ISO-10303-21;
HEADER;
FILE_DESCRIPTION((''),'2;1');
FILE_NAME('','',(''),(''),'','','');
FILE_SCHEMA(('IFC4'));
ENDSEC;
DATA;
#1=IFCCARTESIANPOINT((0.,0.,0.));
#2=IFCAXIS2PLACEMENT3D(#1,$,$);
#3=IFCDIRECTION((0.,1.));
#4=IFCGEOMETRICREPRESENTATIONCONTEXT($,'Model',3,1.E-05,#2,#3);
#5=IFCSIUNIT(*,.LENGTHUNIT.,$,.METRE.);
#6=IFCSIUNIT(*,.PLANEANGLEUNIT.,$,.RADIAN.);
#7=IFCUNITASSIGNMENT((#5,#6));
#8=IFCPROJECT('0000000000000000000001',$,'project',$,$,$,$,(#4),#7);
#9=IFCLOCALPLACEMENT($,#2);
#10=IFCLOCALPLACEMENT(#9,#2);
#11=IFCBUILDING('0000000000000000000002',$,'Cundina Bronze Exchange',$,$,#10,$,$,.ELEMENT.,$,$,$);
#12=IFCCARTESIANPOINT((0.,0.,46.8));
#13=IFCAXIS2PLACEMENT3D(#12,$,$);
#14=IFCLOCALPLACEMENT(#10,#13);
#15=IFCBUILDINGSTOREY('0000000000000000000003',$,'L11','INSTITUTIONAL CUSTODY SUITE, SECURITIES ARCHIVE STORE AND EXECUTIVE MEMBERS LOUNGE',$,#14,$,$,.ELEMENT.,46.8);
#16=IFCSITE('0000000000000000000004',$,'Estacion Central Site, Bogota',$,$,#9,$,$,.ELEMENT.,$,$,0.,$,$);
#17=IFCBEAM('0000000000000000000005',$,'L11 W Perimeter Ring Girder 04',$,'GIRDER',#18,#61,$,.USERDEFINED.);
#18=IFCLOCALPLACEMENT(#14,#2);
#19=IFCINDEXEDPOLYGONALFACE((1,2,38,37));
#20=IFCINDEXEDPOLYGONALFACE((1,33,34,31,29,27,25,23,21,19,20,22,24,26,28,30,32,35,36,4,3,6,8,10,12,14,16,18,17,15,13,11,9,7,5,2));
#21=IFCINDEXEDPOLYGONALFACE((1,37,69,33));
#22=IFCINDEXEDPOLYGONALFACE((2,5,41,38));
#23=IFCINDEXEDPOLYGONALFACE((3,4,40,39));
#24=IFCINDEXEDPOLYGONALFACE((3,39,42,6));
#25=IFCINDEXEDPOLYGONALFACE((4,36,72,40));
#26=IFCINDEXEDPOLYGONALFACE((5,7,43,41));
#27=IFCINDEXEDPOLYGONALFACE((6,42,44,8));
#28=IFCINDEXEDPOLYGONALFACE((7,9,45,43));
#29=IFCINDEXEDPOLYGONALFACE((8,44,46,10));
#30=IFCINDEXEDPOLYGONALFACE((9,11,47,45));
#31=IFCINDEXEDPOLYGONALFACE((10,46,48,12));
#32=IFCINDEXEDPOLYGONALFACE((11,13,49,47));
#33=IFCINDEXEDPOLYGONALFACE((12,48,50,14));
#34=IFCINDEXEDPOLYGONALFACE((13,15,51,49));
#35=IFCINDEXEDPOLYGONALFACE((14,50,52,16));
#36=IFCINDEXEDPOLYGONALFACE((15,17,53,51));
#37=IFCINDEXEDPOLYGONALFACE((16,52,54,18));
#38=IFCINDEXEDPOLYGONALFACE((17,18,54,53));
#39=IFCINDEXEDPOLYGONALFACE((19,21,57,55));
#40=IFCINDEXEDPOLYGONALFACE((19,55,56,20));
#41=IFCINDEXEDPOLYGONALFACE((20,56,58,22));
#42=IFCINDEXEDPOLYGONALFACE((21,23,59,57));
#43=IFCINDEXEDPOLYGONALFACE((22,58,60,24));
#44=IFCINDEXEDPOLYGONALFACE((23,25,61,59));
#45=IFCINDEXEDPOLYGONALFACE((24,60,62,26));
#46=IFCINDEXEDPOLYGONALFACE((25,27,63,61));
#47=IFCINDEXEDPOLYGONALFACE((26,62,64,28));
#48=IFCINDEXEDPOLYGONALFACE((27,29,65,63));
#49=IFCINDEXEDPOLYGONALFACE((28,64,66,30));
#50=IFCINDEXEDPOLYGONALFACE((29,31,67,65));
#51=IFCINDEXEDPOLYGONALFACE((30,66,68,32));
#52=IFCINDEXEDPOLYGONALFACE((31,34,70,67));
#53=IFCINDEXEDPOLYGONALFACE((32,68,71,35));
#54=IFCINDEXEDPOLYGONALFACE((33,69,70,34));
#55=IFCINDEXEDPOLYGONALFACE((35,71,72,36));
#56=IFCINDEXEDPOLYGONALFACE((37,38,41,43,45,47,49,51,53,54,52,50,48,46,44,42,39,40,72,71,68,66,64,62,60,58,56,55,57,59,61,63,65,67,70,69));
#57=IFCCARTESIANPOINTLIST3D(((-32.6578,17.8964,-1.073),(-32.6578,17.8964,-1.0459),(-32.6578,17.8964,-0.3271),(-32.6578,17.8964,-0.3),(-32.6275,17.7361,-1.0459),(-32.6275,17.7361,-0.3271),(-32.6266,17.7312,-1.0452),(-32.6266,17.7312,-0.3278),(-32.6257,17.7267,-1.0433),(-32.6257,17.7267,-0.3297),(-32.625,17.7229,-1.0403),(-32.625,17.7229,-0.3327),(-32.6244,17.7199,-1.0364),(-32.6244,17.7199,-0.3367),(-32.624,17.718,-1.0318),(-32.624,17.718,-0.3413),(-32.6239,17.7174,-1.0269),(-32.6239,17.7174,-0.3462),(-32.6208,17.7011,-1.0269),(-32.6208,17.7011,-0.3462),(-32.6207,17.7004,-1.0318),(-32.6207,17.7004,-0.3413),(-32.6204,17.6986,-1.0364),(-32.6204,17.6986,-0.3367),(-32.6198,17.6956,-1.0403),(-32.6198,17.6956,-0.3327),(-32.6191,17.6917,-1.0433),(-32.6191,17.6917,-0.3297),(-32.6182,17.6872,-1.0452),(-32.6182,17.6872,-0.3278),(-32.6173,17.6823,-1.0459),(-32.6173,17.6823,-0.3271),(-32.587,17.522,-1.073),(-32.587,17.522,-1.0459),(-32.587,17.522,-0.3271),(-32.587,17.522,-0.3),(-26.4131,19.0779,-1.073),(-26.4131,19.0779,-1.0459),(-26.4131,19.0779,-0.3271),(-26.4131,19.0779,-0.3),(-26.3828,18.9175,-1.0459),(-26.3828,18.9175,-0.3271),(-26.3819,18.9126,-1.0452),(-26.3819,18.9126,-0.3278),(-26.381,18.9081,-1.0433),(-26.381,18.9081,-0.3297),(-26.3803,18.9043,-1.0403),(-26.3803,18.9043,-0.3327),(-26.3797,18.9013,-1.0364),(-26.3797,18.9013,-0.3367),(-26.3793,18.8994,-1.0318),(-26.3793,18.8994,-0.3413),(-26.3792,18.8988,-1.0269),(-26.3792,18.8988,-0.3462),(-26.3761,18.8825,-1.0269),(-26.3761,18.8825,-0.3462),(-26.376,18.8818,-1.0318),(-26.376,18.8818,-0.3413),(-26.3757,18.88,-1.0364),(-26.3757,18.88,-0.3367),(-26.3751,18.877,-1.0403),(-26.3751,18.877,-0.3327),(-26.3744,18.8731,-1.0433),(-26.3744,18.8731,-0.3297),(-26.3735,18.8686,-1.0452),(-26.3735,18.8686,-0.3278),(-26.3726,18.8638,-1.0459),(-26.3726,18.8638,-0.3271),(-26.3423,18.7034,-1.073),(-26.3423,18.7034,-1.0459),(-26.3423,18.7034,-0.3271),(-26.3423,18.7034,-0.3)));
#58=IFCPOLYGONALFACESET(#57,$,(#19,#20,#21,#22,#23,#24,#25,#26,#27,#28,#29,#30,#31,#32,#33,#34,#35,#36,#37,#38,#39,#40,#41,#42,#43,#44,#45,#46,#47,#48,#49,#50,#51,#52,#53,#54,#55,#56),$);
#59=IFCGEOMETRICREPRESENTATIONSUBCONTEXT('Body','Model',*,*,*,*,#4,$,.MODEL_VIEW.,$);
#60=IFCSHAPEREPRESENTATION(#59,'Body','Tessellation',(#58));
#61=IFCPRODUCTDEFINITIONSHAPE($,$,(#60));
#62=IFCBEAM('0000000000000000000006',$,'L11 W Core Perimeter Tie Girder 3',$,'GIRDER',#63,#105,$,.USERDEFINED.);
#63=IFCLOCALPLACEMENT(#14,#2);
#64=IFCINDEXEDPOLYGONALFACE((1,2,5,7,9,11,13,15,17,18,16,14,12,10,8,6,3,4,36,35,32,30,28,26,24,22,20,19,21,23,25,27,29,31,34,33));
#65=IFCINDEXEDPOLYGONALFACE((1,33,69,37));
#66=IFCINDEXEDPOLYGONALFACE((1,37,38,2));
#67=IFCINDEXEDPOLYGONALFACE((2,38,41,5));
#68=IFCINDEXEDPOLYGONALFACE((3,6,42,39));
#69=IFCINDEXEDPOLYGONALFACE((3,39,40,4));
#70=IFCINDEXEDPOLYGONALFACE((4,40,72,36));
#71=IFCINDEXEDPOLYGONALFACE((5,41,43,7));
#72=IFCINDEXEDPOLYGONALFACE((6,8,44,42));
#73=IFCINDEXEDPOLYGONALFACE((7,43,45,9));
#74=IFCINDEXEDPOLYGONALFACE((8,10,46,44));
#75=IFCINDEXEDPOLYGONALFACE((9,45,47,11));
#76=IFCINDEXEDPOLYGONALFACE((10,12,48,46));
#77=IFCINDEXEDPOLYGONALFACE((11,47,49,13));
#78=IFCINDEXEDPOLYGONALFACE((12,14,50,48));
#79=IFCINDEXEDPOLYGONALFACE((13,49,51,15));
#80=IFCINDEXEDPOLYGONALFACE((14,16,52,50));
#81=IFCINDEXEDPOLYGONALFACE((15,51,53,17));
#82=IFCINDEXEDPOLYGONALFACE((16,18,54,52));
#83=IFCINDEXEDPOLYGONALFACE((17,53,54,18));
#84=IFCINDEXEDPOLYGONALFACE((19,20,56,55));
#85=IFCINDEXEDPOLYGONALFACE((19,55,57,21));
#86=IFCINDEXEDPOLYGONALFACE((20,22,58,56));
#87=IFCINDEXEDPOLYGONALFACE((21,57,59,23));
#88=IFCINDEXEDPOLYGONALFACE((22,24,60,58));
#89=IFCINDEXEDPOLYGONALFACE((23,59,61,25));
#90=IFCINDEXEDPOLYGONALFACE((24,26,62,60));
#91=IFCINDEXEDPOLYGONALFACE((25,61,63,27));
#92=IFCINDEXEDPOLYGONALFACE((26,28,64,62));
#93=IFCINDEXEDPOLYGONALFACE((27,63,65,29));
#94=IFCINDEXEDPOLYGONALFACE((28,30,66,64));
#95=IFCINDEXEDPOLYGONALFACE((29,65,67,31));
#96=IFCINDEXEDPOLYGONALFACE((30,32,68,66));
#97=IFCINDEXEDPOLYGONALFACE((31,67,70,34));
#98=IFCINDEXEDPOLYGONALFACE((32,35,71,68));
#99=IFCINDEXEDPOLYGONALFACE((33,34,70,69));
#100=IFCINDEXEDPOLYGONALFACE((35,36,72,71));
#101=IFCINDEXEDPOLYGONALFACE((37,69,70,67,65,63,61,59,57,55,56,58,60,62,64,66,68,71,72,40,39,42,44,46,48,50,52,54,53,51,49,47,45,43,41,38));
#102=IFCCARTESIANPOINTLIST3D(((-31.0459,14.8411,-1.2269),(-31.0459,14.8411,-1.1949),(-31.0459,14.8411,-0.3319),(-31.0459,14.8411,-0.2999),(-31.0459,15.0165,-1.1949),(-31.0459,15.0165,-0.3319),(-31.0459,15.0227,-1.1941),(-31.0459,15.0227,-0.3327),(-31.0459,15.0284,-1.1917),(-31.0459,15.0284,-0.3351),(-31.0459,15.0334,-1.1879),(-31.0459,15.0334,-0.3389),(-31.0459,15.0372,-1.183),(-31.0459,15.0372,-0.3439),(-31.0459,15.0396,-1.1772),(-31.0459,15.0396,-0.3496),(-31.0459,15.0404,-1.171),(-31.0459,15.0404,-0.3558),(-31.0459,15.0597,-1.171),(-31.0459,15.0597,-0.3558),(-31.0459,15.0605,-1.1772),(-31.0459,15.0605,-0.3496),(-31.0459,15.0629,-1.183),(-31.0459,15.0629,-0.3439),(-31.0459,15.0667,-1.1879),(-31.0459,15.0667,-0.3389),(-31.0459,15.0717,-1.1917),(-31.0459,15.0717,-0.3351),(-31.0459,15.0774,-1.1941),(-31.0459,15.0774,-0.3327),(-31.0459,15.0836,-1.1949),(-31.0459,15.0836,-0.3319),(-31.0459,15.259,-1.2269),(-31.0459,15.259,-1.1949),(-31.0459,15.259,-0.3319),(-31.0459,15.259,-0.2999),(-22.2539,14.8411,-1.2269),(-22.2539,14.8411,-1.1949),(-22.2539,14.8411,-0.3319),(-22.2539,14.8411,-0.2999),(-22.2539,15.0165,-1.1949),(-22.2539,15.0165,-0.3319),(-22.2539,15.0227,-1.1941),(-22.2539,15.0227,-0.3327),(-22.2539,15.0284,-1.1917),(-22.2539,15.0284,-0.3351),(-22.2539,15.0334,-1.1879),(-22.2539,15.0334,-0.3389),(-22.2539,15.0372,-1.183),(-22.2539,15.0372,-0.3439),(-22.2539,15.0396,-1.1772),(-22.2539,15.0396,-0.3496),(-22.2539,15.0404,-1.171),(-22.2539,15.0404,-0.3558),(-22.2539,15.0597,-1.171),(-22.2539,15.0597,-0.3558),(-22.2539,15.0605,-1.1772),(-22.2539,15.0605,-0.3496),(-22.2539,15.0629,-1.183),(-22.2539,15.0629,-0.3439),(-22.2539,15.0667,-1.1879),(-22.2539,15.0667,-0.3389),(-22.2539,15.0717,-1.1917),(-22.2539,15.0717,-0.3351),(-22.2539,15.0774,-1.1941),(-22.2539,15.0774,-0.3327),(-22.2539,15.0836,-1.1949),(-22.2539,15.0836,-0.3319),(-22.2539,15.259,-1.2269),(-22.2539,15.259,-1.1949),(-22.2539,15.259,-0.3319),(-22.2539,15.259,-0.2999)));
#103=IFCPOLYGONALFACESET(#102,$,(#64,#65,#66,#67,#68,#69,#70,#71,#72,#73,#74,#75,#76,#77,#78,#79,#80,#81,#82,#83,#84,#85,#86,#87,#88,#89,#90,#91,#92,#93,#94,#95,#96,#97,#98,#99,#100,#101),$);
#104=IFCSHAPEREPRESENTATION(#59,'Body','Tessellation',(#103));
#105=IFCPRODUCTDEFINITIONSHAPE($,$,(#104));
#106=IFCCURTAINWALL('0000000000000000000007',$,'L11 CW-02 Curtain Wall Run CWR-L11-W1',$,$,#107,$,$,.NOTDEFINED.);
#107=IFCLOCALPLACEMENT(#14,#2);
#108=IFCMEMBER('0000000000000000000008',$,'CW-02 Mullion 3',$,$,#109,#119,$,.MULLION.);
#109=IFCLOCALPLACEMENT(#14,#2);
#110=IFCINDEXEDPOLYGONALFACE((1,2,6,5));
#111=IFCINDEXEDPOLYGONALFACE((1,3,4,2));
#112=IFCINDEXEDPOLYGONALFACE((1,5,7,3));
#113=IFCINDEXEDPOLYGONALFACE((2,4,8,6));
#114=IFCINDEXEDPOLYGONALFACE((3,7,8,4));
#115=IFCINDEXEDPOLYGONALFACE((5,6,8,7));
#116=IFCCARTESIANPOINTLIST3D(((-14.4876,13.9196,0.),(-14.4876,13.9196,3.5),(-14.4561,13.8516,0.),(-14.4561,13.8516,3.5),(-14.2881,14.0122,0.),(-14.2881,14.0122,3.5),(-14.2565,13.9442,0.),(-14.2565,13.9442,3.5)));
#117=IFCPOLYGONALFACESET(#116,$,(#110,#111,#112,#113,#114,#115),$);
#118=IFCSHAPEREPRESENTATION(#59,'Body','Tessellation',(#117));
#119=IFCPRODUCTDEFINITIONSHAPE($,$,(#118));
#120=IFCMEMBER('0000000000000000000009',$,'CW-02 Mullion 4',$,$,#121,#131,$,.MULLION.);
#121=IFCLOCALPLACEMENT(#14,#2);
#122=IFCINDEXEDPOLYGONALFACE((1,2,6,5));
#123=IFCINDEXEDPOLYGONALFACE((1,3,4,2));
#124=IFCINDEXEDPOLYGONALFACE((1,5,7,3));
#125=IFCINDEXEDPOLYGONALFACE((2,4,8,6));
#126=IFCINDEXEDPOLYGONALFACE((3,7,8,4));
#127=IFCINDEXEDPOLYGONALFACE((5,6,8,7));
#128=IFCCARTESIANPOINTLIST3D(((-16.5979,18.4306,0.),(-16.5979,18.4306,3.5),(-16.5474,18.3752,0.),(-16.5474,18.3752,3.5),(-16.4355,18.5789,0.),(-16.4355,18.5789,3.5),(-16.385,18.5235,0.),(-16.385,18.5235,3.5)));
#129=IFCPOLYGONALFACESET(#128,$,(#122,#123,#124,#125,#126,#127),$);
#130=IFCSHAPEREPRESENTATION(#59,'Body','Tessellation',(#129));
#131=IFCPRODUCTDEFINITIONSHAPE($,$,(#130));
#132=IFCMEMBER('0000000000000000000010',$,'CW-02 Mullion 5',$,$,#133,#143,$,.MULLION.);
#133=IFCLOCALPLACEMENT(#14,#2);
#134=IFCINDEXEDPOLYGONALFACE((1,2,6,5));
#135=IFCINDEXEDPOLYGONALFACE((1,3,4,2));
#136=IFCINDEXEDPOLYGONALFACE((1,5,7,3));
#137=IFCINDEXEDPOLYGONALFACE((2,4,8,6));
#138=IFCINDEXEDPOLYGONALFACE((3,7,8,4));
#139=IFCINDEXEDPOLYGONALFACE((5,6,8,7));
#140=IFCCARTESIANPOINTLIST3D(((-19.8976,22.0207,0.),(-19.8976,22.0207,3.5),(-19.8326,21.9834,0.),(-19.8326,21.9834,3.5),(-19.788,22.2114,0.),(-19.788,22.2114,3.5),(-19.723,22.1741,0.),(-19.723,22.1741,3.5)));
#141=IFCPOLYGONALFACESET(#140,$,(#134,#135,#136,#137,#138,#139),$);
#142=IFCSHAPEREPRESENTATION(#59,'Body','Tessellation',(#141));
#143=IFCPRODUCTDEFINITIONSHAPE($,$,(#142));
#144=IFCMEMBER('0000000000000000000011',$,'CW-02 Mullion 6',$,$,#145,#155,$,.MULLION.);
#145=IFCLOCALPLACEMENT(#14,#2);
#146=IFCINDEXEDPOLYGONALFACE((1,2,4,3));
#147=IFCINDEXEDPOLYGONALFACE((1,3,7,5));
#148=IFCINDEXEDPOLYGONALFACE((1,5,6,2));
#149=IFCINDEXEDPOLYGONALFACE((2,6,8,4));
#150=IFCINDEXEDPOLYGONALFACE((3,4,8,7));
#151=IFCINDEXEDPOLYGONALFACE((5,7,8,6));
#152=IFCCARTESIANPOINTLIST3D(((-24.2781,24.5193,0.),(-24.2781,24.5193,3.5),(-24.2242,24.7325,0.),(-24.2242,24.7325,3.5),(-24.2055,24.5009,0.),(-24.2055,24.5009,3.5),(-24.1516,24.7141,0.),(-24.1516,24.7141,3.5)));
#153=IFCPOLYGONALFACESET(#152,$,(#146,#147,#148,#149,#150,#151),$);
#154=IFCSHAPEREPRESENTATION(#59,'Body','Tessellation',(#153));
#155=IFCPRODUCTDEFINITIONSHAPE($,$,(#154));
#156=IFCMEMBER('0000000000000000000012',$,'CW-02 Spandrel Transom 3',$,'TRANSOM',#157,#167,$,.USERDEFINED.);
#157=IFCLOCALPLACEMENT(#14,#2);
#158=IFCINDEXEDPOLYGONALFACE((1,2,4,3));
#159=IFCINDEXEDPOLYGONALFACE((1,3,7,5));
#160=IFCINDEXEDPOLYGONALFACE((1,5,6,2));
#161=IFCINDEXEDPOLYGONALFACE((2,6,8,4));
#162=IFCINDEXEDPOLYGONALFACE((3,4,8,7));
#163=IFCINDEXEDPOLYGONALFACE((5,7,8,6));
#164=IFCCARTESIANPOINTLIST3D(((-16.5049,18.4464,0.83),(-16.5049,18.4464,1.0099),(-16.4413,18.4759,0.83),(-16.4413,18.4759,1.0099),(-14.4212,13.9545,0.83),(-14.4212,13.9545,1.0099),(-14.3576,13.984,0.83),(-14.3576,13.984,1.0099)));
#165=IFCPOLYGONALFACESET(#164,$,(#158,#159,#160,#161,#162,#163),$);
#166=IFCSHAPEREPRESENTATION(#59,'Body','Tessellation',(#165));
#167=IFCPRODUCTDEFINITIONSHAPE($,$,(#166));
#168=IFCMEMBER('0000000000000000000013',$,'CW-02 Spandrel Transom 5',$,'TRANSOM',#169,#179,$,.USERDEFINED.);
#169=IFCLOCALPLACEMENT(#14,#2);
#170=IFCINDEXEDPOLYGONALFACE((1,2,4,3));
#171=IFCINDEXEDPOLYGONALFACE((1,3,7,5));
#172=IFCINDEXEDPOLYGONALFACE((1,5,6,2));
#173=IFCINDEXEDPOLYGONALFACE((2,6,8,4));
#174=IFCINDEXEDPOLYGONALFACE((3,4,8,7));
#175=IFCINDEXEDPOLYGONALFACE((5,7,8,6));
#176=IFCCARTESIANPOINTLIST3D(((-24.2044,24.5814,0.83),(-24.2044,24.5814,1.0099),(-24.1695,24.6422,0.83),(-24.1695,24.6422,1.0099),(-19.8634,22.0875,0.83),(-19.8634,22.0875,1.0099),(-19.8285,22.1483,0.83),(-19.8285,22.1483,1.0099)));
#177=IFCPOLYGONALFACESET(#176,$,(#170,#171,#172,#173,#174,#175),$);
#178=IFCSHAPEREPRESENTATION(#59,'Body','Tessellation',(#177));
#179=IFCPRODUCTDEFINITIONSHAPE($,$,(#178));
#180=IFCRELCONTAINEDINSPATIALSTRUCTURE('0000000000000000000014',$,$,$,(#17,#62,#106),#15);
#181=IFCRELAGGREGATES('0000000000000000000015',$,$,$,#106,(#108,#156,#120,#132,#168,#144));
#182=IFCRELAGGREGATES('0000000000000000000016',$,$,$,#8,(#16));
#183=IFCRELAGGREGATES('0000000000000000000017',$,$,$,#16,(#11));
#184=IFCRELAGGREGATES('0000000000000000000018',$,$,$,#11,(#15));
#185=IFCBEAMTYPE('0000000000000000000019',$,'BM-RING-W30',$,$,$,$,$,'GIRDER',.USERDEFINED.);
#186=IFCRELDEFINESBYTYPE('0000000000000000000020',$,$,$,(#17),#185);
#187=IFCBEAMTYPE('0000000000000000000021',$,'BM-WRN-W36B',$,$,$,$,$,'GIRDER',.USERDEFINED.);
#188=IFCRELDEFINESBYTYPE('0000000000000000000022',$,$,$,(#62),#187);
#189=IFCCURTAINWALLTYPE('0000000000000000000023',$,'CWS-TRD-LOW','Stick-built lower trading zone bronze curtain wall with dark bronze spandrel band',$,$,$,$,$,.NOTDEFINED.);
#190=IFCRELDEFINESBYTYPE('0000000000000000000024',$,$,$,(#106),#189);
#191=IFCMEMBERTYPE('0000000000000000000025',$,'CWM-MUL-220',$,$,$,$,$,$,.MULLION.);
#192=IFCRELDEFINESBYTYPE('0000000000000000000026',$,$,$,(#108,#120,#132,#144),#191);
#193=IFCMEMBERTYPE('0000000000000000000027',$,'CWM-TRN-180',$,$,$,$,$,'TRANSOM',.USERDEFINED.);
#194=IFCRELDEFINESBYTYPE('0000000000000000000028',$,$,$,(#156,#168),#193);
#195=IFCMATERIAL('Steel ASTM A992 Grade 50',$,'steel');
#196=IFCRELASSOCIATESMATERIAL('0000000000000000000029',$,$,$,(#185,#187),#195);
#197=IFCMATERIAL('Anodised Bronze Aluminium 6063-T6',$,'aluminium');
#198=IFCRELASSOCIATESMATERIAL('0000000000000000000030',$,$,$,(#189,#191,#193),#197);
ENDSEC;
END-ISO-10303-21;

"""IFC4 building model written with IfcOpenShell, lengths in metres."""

from ifc_helpers import new_model, si_unit, direction, frame, origin, origin_2d, place, context, subcontext, project, spatial, rectangle, i_section, extrude, material, material_profile, profile_set, type_object, element, aggregate, save


model = new_model("IFC4")

# Units and contexts
model_context = context("Model", 3, precision=1e-05, world=origin(), true_north=direction((0.0, 1.0)))
body_context = subcontext(model_context, "Body", "Model", "MODEL_VIEW")
ifc_project = project(units=[si_unit("LENGTHUNIT", "METRE"), si_unit("PLANEANGLEUNIT", "RADIAN")], contexts=[model_context])

# Site, building, storey
site_placement = place(None, origin())
site = spatial("IfcSite", under=ifc_project, at=site_placement, Name="Estacion Central Site, Bogota", CompositionType="ELEMENT", RefElevation=0.0)
building_placement = place(site_placement, origin())
building = spatial("IfcBuilding", under=site, at=building_placement, Name="Cundina Bronze Exchange", CompositionType="ELEMENT")
storey_placement = place(building_placement, frame((0.0, 0.0, 46.8)))
storey = spatial("IfcBuildingStorey", under=building, at=storey_placement, Name="L11", Description="INSTITUTIONAL CUSTODY SUITE, SECURITIES ARCHIVE STORE AND EXECUTIVE MEMBERS LOUNGE", CompositionType="ELEMENT", Elevation=46.8)

# Shared definitions
ifc_material_1 = material(Name="Steel ASTM A992 Grade 50", Category="steel")

# Beams
ifc_material_profile_1 = material_profile(ifc_material_1, i_section(OverallWidth=0.3811, OverallDepth=0.7729, WebThickness=0.0166, FlangeThickness=0.0271, FilletRadius=0.019, at=origin_2d()), Name="W30X173", Category="steel")
ifc_profile_set_1 = profile_set([ifc_material_profile_1], Name="Steel ASTM A992 Grade 50")
beam_type_1 = type_object("IfcBeamType", Name="BM-RING-W30", ElementType="GIRDER", PredefinedType="USERDEFINED", material=ifc_profile_set_1)
beam_1_placement = place(storey_placement, frame((-26.3777, 18.8906, -0.6865), z_axis=(-0.982571, -0.185889, 0.0), x_axis=(0.185889, -0.982571, 0.0)))
element("IfcBeam", 1, at=beam_1_placement, inside=storey, type_object=beam_type_1, Name="L11 W Perimeter Ring Girder 04", ObjectType="GIRDER", PredefinedType="USERDEFINED", context=body_context, shape_type="SweptSolid", body=[
    extrude(i_section(OverallWidth=0.3811, OverallDepth=0.7729, WebThickness=0.0166, FlangeThickness=0.0271, FilletRadius=0.019, at=origin_2d()), origin(), (0.0, 0.0, 1.0), 6.3555),
])
ifc_material_profile_2 = material_profile(ifc_material_1, i_section(OverallWidth=0.418, OverallDepth=0.927, WebThickness=0.0193, FlangeThickness=0.032, FilletRadius=0.0239, at=origin_2d()), Name="W36X231", Category="steel")
ifc_profile_set_2 = profile_set([ifc_material_profile_2], Name="Steel ASTM A992 Grade 50")
beam_type_2 = type_object("IfcBeamType", Name="BM-WRN-W36B", ElementType="GIRDER", PredefinedType="USERDEFINED", material=ifc_profile_set_2)
beam_2_placement = place(storey_placement, frame((-22.2539, 15.05, -0.7634), z_axis=(-1.0, 0.0, 0.0), x_axis=(0.0, -1.0, 0.0)))
element("IfcBeam", 2, at=beam_2_placement, inside=storey, type_object=beam_type_2, Name="L11 W Core Perimeter Tie Girder 3", ObjectType="GIRDER", PredefinedType="USERDEFINED", context=body_context, shape_type="SweptSolid", body=[
    extrude(i_section(OverallWidth=0.418, OverallDepth=0.927, WebThickness=0.0193, FlangeThickness=0.032, FilletRadius=0.0239, at=origin_2d()), origin(), (0.0, 0.0, 1.0), 8.792),
])

# Curtain wall, members
ifc_material_2 = material(Name="Anodised Bronze Aluminium 6063-T6", Category="aluminium")
curtain_wall_type = type_object("IfcCurtainWallType", Name="CWS-TRD-LOW", Description="Stick-built lower trading zone bronze curtain wall with dark bronze spandrel band", PredefinedType="NOTDEFINED", material=ifc_material_2)
curtain_wall_placement = place(storey_placement, origin())
curtain_wall = element("IfcCurtainWall", 3, at=curtain_wall_placement, inside=storey, type_object=curtain_wall_type, Name="L11 CW-02 Curtain Wall Run CWR-L11-W1", PredefinedType="NOTDEFINED")
ifc_material_profile_3 = material_profile(ifc_material_2, rectangle(XDim=0.075, YDim=0.22, at=origin_2d()), Name="AL75X220", Category="aluminium")
ifc_profile_set_3 = profile_set([ifc_material_profile_3], Name="Anodised Bronze Aluminium 6063-T6")
member_type_1 = type_object("IfcMemberType", Name="CWM-MUL-220", PredefinedType="MULLION", material=ifc_profile_set_3)
member_1_placement = place(storey_placement, frame((-14.3721, 13.9319, 0.0), z_axis=(0.0, 0.0, 1.0), x_axis=(-0.420877, 0.907117, 0.0)))
member_1 = element("IfcMember", 4, at=member_1_placement, type_object=member_type_1, Name="CW-02 Mullion 3", PredefinedType="MULLION", context=body_context, shape_type="SweptSolid", body=[
    extrude(rectangle(XDim=0.075, YDim=0.22, at=origin_2d()), origin(), (0.0, 0.0, 1.0), 3.5),
])
member_2_placement = place(storey_placement, frame((-16.4915, 18.4771, 0.0), z_axis=(0.0, 0.0, 1.0), x_axis=(-0.674302, 0.738455, 0.0)))
member_2 = element("IfcMember", 5, at=member_2_placement, type_object=member_type_1, Name="CW-02 Mullion 4", PredefinedType="MULLION", context=body_context, shape_type="SweptSolid", body=[
    extrude(rectangle(XDim=0.075, YDim=0.22, at=origin_2d()), origin(), (0.0, 0.0, 1.0), 3.5),
])
member_3_placement = place(storey_placement, frame((-19.8103, 22.0974, 0.0), z_axis=(0.0, 0.0, 1.0), x_axis=(-0.867071, 0.498185, 0.0)))
member_3 = element("IfcMember", 6, at=member_3_placement, type_object=member_type_1, Name="CW-02 Mullion 5", PredefinedType="MULLION", context=body_context, shape_type="SweptSolid", body=[
    extrude(rectangle(XDim=0.075, YDim=0.22, at=origin_2d()), origin(), (0.0, 0.0, 1.0), 3.5),
])
member_4_placement = place(storey_placement, frame((-24.2148, 24.6167, 0.0), z_axis=(0.0, 0.0, 1.0), x_axis=(-0.969488, 0.245138, 0.0)))
member_4 = element("IfcMember", 7, at=member_4_placement, type_object=member_type_1, Name="CW-02 Mullion 6", PredefinedType="MULLION", context=body_context, shape_type="SweptSolid", body=[
    extrude(rectangle(XDim=0.075, YDim=0.22, at=origin_2d()), origin(), (0.0, 0.0, 1.0), 3.5),
])
ifc_material_profile_4 = material_profile(ifc_material_2, rectangle(XDim=0.0701, YDim=0.1799, at=origin_2d()), Name="AL70X180", Category="aluminium")
ifc_profile_set_4 = profile_set([ifc_material_profile_4], Name="Anodised Bronze Aluminium 6063-T6")
member_type_2 = type_object("IfcMemberType", Name="CWM-TRN-180", ElementType="TRANSOM", PredefinedType="USERDEFINED", material=ifc_profile_set_4)
member_5_placement = place(storey_placement, frame((-14.3894, 13.9692, 0.9199), z_axis=(-0.420811, 0.907148, 0.0), x_axis=(-0.907148, -0.420811, 0.0)))
member_5 = element("IfcMember", 8, at=member_5_placement, type_object=member_type_2, Name="CW-02 Spandrel Transom 3", ObjectType="TRANSOM", PredefinedType="USERDEFINED", context=body_context, shape_type="SweptSolid", body=[
    extrude(rectangle(XDim=0.0701, YDim=0.1799, at=origin_2d()), origin(), (0.0, 0.0, 1.0), 4.9517),
])
member_6_placement = place(storey_placement, frame((-19.8459, 22.1179, 0.9199), z_axis=(-0.867097, 0.498139, 0.0), x_axis=(-0.498139, -0.867097, 0.0)))
member_6 = element("IfcMember", 9, at=member_6_placement, type_object=member_type_2, Name="CW-02 Spandrel Transom 5", ObjectType="TRANSOM", PredefinedType="USERDEFINED", context=body_context, shape_type="SweptSolid", body=[
    extrude(rectangle(XDim=0.0701, YDim=0.1799, at=origin_2d()), origin(), (0.0, 0.0, 1.0), 5.0063),
])
aggregate(curtain_wall, [member_1, member_5, member_2, member_3, member_6, member_4])

save(model, "model.ifc")
